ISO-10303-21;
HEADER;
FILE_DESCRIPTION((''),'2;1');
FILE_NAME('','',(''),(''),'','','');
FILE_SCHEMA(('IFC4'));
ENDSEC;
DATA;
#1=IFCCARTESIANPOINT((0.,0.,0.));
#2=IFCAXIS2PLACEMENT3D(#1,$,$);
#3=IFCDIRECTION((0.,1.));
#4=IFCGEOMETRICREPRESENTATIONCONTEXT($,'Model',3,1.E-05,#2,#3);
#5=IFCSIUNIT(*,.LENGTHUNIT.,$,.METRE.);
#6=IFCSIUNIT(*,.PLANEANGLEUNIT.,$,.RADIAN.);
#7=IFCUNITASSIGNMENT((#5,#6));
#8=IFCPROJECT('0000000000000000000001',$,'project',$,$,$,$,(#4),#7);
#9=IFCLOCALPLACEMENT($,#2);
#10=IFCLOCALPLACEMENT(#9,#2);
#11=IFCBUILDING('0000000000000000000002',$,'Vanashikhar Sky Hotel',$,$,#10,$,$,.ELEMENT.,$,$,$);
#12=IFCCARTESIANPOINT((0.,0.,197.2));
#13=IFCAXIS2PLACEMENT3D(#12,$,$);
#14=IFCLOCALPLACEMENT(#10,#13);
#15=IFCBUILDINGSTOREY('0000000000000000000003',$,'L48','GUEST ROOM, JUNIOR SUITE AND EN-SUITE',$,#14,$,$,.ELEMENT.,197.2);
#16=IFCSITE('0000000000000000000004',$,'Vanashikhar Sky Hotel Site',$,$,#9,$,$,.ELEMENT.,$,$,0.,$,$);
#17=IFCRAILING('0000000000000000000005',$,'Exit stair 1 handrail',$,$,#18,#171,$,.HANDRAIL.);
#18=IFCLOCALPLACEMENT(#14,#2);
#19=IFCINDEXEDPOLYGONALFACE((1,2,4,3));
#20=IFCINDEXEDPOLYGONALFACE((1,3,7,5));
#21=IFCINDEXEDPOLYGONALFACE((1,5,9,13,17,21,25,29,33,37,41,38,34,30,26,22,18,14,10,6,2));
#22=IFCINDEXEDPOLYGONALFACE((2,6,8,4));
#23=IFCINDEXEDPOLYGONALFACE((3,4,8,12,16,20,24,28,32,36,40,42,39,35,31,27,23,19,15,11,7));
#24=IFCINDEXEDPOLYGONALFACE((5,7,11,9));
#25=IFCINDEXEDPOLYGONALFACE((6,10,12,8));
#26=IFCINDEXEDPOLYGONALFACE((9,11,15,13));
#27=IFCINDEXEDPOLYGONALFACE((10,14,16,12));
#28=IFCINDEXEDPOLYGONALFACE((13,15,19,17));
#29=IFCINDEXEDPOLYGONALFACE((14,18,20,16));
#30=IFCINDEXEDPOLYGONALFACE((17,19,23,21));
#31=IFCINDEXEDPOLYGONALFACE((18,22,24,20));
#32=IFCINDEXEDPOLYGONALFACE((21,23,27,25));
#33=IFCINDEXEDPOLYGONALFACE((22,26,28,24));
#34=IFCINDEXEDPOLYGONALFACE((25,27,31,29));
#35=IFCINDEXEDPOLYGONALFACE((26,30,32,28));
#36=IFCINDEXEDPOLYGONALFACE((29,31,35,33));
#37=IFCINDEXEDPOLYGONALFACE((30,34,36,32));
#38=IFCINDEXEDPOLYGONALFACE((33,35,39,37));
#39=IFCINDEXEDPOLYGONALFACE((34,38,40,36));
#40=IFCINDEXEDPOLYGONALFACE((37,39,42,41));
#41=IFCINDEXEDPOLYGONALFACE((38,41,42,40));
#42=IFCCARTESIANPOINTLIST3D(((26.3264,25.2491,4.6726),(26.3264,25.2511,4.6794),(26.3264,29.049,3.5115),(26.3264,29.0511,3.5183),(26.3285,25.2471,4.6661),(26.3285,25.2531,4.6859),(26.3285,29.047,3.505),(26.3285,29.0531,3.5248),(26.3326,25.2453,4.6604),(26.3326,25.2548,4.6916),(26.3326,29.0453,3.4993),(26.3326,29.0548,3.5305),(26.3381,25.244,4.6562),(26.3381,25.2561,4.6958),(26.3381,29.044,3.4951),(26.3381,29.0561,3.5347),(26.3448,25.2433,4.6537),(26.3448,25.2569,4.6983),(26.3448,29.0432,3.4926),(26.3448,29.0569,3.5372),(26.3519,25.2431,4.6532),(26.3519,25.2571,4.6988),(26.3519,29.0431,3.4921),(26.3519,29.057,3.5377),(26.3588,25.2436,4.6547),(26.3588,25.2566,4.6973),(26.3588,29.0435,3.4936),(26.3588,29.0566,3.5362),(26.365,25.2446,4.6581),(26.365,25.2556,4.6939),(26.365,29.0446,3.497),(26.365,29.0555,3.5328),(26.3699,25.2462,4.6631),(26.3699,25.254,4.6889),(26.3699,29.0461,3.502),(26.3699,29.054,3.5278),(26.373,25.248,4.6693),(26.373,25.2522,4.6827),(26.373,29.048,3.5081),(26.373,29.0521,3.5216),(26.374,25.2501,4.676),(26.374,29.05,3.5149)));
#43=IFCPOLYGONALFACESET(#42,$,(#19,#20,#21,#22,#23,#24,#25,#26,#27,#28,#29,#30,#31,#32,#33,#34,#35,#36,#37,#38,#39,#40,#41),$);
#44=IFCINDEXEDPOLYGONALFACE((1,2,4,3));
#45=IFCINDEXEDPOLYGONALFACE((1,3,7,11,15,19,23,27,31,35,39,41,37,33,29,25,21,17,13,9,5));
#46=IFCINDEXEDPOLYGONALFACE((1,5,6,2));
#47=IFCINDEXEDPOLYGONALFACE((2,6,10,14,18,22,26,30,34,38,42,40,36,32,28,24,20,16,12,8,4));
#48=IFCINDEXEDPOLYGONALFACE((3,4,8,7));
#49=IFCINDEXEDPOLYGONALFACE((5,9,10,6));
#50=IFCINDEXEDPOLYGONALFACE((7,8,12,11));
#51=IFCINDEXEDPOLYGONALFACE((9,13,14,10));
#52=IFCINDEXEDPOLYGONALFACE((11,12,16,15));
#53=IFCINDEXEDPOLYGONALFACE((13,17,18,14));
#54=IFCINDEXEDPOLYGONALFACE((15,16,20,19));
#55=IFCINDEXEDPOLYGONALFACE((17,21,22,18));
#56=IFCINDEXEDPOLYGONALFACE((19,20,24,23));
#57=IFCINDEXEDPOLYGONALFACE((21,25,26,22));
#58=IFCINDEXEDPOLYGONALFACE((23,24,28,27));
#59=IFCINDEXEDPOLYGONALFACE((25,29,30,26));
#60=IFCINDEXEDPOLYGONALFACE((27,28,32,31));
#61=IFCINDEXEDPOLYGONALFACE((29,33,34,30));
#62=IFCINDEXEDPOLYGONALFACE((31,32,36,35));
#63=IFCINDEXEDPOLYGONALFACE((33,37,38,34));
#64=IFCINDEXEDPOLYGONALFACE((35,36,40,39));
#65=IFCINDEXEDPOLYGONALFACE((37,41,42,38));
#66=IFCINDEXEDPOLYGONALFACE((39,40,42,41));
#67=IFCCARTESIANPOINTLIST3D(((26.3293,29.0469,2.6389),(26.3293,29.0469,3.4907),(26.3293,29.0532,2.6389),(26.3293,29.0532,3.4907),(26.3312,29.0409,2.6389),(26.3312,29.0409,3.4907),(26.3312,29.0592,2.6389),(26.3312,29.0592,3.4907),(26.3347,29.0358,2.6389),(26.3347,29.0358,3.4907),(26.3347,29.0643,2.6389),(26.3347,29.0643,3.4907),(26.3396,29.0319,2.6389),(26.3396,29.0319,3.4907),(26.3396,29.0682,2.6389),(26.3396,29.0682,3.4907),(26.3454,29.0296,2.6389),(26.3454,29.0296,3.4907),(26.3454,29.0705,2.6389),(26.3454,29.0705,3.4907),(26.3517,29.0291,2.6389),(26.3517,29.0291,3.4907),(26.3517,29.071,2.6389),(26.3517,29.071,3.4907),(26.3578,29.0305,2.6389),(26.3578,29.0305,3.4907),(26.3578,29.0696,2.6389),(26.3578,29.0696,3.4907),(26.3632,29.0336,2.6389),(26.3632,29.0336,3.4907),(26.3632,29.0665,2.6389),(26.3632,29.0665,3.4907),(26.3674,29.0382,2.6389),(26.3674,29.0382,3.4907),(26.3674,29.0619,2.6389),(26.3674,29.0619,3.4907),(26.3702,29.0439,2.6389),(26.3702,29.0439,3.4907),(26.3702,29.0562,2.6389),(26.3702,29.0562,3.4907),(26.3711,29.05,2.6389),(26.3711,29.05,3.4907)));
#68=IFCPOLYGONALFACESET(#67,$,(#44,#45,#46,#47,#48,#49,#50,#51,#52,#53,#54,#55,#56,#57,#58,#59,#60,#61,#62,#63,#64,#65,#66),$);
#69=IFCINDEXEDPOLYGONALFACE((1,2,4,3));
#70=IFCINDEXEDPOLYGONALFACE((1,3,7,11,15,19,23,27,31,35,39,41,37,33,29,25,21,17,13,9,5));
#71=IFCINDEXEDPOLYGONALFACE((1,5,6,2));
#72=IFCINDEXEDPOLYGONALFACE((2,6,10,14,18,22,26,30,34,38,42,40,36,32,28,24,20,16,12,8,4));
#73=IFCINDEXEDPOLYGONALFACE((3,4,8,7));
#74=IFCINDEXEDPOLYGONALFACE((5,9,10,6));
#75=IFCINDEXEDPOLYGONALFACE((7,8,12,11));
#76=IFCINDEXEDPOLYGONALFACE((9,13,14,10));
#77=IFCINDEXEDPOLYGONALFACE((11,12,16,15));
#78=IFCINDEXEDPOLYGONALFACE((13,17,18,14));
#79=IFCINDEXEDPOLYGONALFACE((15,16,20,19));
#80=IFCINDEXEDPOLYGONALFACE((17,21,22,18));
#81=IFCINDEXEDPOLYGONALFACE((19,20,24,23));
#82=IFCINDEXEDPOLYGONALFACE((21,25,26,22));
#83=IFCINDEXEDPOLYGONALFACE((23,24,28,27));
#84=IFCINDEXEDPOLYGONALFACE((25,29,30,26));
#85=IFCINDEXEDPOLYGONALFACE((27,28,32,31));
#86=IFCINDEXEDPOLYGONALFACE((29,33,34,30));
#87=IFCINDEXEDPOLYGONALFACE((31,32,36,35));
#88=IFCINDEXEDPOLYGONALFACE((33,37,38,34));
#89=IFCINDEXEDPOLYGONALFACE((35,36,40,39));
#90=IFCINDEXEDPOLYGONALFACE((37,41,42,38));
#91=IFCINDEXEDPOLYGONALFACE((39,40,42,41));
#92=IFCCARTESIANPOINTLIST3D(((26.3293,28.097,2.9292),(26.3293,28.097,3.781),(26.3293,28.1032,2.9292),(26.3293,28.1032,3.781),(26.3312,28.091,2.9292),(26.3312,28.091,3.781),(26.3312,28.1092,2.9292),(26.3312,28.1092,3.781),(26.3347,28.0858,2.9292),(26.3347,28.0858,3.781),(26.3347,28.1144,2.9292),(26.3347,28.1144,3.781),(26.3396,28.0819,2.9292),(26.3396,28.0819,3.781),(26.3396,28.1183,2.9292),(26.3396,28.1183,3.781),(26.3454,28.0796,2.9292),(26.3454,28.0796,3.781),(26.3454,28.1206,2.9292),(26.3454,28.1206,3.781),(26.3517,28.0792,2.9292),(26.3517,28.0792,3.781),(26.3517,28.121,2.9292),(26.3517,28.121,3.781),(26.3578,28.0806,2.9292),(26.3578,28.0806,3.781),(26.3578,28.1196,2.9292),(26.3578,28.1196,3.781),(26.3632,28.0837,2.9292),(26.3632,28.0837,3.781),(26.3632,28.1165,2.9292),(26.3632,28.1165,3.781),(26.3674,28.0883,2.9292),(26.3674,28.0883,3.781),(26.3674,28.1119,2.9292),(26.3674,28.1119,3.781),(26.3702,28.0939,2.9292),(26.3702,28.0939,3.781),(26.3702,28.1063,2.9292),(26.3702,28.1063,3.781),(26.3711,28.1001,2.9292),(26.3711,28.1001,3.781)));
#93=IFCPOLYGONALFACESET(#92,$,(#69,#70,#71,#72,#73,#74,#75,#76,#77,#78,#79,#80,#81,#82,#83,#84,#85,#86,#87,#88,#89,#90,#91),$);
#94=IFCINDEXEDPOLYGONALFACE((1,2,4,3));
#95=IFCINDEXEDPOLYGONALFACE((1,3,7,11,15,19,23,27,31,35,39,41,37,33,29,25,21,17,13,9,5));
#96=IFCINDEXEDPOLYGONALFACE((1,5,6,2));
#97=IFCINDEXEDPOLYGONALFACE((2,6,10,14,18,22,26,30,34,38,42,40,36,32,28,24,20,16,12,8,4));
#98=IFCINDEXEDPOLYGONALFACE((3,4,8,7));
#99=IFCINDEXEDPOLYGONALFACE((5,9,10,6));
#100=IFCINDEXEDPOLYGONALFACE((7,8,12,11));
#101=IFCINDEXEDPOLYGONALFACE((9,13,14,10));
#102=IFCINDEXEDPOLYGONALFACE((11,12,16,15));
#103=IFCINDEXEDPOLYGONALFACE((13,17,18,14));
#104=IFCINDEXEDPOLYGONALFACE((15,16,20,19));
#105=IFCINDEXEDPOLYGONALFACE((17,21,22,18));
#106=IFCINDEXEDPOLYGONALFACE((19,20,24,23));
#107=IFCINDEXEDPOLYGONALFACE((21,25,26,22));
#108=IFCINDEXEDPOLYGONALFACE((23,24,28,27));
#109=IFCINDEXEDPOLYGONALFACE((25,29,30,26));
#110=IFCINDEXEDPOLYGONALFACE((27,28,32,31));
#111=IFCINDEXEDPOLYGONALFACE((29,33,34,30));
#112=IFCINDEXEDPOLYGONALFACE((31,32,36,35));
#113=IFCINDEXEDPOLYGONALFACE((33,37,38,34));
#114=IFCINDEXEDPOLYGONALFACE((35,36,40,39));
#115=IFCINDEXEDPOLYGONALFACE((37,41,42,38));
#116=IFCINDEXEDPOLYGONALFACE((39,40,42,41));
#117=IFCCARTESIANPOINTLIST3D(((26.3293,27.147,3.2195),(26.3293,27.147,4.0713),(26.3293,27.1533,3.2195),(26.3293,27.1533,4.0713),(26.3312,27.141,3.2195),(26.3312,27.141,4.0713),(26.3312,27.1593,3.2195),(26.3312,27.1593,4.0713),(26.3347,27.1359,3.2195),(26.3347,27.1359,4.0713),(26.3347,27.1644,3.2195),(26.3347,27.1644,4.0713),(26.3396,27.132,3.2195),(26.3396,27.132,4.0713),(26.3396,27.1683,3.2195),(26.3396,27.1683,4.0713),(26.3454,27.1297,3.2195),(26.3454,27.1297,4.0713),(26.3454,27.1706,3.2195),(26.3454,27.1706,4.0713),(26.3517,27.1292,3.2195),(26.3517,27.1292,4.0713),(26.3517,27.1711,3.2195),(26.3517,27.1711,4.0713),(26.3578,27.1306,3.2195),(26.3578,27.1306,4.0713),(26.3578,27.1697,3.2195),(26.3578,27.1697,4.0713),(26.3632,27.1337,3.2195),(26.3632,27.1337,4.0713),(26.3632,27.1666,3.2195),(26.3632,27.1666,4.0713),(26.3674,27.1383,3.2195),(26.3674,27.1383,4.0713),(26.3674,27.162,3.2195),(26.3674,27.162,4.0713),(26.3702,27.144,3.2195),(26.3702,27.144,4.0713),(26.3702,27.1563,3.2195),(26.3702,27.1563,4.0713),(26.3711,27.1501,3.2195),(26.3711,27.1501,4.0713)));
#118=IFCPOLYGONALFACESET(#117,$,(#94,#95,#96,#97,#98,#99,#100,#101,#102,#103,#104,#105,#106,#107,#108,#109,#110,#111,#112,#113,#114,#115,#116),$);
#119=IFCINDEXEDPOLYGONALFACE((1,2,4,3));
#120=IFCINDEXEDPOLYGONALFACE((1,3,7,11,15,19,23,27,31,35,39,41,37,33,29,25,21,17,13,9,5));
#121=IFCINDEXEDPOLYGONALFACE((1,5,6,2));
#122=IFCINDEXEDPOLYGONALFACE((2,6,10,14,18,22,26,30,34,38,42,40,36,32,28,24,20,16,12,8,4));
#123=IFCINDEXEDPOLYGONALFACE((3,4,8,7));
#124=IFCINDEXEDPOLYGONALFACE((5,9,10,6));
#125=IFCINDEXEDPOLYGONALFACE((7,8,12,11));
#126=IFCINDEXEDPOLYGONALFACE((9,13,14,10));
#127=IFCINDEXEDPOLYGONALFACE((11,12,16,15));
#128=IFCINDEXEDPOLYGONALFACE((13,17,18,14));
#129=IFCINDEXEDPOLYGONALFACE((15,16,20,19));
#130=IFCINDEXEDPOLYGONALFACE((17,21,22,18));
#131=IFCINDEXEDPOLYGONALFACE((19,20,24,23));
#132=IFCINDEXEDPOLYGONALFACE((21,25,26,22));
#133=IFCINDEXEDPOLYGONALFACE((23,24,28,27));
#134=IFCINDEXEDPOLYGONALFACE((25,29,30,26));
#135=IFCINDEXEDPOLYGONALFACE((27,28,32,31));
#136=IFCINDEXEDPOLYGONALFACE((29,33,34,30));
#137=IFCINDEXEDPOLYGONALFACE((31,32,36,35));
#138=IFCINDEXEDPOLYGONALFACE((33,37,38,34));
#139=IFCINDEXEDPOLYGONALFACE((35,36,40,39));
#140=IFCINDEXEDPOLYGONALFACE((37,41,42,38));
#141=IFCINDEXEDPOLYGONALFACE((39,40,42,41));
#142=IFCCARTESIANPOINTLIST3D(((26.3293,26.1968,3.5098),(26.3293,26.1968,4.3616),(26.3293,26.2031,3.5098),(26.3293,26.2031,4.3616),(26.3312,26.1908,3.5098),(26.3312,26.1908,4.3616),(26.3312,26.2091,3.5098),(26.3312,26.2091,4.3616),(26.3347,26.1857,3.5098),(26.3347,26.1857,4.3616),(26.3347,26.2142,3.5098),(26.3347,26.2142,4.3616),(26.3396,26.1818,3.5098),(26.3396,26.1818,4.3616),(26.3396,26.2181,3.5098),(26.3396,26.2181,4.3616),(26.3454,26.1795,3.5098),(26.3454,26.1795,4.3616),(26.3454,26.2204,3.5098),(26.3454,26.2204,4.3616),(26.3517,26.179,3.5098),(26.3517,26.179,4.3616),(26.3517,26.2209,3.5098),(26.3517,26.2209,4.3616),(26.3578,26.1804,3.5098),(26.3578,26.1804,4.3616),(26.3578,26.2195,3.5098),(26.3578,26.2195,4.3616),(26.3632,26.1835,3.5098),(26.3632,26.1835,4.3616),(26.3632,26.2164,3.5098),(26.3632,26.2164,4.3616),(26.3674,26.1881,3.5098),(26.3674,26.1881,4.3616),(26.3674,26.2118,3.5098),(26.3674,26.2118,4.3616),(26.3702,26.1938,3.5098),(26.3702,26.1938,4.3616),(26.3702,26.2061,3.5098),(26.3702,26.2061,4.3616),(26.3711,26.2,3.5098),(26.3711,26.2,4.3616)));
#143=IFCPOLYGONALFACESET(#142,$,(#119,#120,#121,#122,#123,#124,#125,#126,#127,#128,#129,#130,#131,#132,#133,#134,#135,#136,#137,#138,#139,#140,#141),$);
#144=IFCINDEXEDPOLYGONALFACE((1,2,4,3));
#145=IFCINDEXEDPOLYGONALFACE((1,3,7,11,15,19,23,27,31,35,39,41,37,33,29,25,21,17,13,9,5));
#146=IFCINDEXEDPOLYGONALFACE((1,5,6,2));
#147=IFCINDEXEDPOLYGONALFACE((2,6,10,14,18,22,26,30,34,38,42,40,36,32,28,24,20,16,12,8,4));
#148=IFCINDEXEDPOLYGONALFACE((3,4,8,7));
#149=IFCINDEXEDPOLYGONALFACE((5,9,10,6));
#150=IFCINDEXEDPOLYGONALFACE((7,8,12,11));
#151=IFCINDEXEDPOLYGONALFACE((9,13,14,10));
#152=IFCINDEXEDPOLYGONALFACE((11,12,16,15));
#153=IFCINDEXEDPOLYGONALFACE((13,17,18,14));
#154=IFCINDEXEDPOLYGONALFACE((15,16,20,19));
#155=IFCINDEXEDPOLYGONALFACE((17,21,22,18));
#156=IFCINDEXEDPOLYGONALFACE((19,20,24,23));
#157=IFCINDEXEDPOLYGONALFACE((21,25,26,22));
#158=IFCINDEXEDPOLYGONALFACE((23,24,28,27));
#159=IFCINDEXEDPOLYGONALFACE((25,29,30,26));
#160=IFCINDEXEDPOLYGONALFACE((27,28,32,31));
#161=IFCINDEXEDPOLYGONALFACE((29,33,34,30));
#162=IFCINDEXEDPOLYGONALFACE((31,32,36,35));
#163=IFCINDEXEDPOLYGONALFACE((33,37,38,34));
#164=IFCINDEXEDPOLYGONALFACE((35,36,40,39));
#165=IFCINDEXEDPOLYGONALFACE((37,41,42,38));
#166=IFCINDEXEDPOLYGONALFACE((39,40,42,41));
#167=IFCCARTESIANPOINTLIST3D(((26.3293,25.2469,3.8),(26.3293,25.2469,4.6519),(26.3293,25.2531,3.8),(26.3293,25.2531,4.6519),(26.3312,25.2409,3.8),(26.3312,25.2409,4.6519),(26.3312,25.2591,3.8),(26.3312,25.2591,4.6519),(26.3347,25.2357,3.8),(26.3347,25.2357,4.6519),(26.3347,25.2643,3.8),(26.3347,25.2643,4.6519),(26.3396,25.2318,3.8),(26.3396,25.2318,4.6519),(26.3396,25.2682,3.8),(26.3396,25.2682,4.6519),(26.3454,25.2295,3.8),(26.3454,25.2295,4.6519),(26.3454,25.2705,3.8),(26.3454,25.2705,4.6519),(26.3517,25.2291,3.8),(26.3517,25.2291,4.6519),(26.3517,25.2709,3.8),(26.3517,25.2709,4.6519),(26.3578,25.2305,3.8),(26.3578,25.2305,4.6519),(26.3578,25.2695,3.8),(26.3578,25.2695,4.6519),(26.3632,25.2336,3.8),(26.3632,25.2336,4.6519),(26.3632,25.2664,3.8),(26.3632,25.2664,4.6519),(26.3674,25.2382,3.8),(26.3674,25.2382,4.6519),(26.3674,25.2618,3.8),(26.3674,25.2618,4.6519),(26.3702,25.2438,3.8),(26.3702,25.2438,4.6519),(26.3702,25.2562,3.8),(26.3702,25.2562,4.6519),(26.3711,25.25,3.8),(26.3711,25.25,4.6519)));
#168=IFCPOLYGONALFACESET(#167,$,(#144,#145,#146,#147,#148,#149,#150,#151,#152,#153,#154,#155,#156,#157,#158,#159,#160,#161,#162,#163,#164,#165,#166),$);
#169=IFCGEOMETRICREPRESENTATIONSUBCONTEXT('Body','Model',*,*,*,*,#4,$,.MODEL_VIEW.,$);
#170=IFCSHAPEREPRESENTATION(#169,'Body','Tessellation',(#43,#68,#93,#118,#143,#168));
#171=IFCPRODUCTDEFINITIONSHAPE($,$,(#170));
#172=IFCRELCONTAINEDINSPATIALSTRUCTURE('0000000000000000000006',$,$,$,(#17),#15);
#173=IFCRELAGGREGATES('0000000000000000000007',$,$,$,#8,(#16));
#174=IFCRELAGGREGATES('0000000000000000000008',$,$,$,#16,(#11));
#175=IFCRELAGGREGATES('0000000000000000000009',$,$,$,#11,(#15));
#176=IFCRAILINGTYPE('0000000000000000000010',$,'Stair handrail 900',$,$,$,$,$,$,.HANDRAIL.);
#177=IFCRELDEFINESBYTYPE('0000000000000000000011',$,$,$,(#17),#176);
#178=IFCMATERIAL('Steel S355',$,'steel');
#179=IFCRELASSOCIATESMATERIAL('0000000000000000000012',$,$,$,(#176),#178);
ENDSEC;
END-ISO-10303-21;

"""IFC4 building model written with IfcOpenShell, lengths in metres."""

from ifc_helpers import new_model, si_unit, direction, frame, origin, origin_2d, place, context, subcontext, project, spatial, circle, extrude, source, transform, mapped, material, type_object, element, save


model = new_model("IFC4")

# Units and contexts
model_context = context("Model", 3, precision=1e-05, world=origin(), true_north=direction((0.0, 1.0)))
body_context = subcontext(model_context, "Body", "Model", "MODEL_VIEW")
ifc_project = project(units=[si_unit("LENGTHUNIT", "METRE"), si_unit("PLANEANGLEUNIT", "RADIAN")], contexts=[model_context])

# Site, building, storey
site_placement = place(None, origin())
site = spatial("IfcSite", under=ifc_project, at=site_placement, Name="Vanashikhar Sky Hotel Site", CompositionType="ELEMENT", RefElevation=0.0)
building_placement = place(site_placement, origin())
building = spatial("IfcBuilding", under=site, at=building_placement, Name="Vanashikhar Sky Hotel", CompositionType="ELEMENT")
storey_placement = place(building_placement, frame((0.0, 0.0, 197.2)))
storey = spatial("IfcBuildingStorey", under=building, at=storey_placement, Name="L48", Description="GUEST ROOM, JUNIOR SUITE AND EN-SUITE", CompositionType="ELEMENT", Elevation=197.2)

# Railing
ifc_material_1 = material(Name="Steel S355", Category="steel")
railing_type_1 = type_object("IfcRailingType", Name="Stair handrail 900", PredefinedType="HANDRAIL", material=ifc_material_1)
shared_shape_1 = source(origin(), body_context, "Body", "SweptSolid", [
    extrude(circle(Radius=0.0239, at=origin_2d()), frame((0.0, 0.0, 0.876), z_axis=(0.0, -0.956351, 0.29222), x_axis=(1.0, 0.0, 0.0)), (0.0, 0.0, 1.0), 3.9734),
    extrude(circle(Radius=0.021, at=origin_2d()), origin(), (0.0, 0.0, 1.0), 0.8518),
    extrude(circle(Radius=0.021, at=origin_2d()), frame((0.0, -0.95, 0.2903)), (0.0, 0.0, 1.0), 0.8518),
    extrude(circle(Radius=0.021, at=origin_2d()), frame((0.0, -1.8999, 0.5806)), (0.0, 0.0, 1.0), 0.8518),
    extrude(circle(Radius=0.021, at=origin_2d()), frame((0.0, -2.8501, 0.8708)), (0.0, 0.0, 1.0), 0.8518),
    extrude(circle(Radius=0.021, at=origin_2d()), frame((0.0, -3.8, 1.1611)), (0.0, 0.0, 1.0), 0.8518),
])
for number, where, name in (
    (1, (26.3501, 29.05, 2.6389), "Exit stair 1 handrail"),
):
    element("IfcRailing", number, at=place(storey_placement, frame(where)), inside=storey, type_object=railing_type_1, Name=name, PredefinedType="HANDRAIL", context=body_context, shape_type="MappedRepresentation", body=[
        mapped(shared_shape_1, transform((0.0, 0.0, 0.0), scale=1.0)),
    ])

save(model, "model.ifc")
